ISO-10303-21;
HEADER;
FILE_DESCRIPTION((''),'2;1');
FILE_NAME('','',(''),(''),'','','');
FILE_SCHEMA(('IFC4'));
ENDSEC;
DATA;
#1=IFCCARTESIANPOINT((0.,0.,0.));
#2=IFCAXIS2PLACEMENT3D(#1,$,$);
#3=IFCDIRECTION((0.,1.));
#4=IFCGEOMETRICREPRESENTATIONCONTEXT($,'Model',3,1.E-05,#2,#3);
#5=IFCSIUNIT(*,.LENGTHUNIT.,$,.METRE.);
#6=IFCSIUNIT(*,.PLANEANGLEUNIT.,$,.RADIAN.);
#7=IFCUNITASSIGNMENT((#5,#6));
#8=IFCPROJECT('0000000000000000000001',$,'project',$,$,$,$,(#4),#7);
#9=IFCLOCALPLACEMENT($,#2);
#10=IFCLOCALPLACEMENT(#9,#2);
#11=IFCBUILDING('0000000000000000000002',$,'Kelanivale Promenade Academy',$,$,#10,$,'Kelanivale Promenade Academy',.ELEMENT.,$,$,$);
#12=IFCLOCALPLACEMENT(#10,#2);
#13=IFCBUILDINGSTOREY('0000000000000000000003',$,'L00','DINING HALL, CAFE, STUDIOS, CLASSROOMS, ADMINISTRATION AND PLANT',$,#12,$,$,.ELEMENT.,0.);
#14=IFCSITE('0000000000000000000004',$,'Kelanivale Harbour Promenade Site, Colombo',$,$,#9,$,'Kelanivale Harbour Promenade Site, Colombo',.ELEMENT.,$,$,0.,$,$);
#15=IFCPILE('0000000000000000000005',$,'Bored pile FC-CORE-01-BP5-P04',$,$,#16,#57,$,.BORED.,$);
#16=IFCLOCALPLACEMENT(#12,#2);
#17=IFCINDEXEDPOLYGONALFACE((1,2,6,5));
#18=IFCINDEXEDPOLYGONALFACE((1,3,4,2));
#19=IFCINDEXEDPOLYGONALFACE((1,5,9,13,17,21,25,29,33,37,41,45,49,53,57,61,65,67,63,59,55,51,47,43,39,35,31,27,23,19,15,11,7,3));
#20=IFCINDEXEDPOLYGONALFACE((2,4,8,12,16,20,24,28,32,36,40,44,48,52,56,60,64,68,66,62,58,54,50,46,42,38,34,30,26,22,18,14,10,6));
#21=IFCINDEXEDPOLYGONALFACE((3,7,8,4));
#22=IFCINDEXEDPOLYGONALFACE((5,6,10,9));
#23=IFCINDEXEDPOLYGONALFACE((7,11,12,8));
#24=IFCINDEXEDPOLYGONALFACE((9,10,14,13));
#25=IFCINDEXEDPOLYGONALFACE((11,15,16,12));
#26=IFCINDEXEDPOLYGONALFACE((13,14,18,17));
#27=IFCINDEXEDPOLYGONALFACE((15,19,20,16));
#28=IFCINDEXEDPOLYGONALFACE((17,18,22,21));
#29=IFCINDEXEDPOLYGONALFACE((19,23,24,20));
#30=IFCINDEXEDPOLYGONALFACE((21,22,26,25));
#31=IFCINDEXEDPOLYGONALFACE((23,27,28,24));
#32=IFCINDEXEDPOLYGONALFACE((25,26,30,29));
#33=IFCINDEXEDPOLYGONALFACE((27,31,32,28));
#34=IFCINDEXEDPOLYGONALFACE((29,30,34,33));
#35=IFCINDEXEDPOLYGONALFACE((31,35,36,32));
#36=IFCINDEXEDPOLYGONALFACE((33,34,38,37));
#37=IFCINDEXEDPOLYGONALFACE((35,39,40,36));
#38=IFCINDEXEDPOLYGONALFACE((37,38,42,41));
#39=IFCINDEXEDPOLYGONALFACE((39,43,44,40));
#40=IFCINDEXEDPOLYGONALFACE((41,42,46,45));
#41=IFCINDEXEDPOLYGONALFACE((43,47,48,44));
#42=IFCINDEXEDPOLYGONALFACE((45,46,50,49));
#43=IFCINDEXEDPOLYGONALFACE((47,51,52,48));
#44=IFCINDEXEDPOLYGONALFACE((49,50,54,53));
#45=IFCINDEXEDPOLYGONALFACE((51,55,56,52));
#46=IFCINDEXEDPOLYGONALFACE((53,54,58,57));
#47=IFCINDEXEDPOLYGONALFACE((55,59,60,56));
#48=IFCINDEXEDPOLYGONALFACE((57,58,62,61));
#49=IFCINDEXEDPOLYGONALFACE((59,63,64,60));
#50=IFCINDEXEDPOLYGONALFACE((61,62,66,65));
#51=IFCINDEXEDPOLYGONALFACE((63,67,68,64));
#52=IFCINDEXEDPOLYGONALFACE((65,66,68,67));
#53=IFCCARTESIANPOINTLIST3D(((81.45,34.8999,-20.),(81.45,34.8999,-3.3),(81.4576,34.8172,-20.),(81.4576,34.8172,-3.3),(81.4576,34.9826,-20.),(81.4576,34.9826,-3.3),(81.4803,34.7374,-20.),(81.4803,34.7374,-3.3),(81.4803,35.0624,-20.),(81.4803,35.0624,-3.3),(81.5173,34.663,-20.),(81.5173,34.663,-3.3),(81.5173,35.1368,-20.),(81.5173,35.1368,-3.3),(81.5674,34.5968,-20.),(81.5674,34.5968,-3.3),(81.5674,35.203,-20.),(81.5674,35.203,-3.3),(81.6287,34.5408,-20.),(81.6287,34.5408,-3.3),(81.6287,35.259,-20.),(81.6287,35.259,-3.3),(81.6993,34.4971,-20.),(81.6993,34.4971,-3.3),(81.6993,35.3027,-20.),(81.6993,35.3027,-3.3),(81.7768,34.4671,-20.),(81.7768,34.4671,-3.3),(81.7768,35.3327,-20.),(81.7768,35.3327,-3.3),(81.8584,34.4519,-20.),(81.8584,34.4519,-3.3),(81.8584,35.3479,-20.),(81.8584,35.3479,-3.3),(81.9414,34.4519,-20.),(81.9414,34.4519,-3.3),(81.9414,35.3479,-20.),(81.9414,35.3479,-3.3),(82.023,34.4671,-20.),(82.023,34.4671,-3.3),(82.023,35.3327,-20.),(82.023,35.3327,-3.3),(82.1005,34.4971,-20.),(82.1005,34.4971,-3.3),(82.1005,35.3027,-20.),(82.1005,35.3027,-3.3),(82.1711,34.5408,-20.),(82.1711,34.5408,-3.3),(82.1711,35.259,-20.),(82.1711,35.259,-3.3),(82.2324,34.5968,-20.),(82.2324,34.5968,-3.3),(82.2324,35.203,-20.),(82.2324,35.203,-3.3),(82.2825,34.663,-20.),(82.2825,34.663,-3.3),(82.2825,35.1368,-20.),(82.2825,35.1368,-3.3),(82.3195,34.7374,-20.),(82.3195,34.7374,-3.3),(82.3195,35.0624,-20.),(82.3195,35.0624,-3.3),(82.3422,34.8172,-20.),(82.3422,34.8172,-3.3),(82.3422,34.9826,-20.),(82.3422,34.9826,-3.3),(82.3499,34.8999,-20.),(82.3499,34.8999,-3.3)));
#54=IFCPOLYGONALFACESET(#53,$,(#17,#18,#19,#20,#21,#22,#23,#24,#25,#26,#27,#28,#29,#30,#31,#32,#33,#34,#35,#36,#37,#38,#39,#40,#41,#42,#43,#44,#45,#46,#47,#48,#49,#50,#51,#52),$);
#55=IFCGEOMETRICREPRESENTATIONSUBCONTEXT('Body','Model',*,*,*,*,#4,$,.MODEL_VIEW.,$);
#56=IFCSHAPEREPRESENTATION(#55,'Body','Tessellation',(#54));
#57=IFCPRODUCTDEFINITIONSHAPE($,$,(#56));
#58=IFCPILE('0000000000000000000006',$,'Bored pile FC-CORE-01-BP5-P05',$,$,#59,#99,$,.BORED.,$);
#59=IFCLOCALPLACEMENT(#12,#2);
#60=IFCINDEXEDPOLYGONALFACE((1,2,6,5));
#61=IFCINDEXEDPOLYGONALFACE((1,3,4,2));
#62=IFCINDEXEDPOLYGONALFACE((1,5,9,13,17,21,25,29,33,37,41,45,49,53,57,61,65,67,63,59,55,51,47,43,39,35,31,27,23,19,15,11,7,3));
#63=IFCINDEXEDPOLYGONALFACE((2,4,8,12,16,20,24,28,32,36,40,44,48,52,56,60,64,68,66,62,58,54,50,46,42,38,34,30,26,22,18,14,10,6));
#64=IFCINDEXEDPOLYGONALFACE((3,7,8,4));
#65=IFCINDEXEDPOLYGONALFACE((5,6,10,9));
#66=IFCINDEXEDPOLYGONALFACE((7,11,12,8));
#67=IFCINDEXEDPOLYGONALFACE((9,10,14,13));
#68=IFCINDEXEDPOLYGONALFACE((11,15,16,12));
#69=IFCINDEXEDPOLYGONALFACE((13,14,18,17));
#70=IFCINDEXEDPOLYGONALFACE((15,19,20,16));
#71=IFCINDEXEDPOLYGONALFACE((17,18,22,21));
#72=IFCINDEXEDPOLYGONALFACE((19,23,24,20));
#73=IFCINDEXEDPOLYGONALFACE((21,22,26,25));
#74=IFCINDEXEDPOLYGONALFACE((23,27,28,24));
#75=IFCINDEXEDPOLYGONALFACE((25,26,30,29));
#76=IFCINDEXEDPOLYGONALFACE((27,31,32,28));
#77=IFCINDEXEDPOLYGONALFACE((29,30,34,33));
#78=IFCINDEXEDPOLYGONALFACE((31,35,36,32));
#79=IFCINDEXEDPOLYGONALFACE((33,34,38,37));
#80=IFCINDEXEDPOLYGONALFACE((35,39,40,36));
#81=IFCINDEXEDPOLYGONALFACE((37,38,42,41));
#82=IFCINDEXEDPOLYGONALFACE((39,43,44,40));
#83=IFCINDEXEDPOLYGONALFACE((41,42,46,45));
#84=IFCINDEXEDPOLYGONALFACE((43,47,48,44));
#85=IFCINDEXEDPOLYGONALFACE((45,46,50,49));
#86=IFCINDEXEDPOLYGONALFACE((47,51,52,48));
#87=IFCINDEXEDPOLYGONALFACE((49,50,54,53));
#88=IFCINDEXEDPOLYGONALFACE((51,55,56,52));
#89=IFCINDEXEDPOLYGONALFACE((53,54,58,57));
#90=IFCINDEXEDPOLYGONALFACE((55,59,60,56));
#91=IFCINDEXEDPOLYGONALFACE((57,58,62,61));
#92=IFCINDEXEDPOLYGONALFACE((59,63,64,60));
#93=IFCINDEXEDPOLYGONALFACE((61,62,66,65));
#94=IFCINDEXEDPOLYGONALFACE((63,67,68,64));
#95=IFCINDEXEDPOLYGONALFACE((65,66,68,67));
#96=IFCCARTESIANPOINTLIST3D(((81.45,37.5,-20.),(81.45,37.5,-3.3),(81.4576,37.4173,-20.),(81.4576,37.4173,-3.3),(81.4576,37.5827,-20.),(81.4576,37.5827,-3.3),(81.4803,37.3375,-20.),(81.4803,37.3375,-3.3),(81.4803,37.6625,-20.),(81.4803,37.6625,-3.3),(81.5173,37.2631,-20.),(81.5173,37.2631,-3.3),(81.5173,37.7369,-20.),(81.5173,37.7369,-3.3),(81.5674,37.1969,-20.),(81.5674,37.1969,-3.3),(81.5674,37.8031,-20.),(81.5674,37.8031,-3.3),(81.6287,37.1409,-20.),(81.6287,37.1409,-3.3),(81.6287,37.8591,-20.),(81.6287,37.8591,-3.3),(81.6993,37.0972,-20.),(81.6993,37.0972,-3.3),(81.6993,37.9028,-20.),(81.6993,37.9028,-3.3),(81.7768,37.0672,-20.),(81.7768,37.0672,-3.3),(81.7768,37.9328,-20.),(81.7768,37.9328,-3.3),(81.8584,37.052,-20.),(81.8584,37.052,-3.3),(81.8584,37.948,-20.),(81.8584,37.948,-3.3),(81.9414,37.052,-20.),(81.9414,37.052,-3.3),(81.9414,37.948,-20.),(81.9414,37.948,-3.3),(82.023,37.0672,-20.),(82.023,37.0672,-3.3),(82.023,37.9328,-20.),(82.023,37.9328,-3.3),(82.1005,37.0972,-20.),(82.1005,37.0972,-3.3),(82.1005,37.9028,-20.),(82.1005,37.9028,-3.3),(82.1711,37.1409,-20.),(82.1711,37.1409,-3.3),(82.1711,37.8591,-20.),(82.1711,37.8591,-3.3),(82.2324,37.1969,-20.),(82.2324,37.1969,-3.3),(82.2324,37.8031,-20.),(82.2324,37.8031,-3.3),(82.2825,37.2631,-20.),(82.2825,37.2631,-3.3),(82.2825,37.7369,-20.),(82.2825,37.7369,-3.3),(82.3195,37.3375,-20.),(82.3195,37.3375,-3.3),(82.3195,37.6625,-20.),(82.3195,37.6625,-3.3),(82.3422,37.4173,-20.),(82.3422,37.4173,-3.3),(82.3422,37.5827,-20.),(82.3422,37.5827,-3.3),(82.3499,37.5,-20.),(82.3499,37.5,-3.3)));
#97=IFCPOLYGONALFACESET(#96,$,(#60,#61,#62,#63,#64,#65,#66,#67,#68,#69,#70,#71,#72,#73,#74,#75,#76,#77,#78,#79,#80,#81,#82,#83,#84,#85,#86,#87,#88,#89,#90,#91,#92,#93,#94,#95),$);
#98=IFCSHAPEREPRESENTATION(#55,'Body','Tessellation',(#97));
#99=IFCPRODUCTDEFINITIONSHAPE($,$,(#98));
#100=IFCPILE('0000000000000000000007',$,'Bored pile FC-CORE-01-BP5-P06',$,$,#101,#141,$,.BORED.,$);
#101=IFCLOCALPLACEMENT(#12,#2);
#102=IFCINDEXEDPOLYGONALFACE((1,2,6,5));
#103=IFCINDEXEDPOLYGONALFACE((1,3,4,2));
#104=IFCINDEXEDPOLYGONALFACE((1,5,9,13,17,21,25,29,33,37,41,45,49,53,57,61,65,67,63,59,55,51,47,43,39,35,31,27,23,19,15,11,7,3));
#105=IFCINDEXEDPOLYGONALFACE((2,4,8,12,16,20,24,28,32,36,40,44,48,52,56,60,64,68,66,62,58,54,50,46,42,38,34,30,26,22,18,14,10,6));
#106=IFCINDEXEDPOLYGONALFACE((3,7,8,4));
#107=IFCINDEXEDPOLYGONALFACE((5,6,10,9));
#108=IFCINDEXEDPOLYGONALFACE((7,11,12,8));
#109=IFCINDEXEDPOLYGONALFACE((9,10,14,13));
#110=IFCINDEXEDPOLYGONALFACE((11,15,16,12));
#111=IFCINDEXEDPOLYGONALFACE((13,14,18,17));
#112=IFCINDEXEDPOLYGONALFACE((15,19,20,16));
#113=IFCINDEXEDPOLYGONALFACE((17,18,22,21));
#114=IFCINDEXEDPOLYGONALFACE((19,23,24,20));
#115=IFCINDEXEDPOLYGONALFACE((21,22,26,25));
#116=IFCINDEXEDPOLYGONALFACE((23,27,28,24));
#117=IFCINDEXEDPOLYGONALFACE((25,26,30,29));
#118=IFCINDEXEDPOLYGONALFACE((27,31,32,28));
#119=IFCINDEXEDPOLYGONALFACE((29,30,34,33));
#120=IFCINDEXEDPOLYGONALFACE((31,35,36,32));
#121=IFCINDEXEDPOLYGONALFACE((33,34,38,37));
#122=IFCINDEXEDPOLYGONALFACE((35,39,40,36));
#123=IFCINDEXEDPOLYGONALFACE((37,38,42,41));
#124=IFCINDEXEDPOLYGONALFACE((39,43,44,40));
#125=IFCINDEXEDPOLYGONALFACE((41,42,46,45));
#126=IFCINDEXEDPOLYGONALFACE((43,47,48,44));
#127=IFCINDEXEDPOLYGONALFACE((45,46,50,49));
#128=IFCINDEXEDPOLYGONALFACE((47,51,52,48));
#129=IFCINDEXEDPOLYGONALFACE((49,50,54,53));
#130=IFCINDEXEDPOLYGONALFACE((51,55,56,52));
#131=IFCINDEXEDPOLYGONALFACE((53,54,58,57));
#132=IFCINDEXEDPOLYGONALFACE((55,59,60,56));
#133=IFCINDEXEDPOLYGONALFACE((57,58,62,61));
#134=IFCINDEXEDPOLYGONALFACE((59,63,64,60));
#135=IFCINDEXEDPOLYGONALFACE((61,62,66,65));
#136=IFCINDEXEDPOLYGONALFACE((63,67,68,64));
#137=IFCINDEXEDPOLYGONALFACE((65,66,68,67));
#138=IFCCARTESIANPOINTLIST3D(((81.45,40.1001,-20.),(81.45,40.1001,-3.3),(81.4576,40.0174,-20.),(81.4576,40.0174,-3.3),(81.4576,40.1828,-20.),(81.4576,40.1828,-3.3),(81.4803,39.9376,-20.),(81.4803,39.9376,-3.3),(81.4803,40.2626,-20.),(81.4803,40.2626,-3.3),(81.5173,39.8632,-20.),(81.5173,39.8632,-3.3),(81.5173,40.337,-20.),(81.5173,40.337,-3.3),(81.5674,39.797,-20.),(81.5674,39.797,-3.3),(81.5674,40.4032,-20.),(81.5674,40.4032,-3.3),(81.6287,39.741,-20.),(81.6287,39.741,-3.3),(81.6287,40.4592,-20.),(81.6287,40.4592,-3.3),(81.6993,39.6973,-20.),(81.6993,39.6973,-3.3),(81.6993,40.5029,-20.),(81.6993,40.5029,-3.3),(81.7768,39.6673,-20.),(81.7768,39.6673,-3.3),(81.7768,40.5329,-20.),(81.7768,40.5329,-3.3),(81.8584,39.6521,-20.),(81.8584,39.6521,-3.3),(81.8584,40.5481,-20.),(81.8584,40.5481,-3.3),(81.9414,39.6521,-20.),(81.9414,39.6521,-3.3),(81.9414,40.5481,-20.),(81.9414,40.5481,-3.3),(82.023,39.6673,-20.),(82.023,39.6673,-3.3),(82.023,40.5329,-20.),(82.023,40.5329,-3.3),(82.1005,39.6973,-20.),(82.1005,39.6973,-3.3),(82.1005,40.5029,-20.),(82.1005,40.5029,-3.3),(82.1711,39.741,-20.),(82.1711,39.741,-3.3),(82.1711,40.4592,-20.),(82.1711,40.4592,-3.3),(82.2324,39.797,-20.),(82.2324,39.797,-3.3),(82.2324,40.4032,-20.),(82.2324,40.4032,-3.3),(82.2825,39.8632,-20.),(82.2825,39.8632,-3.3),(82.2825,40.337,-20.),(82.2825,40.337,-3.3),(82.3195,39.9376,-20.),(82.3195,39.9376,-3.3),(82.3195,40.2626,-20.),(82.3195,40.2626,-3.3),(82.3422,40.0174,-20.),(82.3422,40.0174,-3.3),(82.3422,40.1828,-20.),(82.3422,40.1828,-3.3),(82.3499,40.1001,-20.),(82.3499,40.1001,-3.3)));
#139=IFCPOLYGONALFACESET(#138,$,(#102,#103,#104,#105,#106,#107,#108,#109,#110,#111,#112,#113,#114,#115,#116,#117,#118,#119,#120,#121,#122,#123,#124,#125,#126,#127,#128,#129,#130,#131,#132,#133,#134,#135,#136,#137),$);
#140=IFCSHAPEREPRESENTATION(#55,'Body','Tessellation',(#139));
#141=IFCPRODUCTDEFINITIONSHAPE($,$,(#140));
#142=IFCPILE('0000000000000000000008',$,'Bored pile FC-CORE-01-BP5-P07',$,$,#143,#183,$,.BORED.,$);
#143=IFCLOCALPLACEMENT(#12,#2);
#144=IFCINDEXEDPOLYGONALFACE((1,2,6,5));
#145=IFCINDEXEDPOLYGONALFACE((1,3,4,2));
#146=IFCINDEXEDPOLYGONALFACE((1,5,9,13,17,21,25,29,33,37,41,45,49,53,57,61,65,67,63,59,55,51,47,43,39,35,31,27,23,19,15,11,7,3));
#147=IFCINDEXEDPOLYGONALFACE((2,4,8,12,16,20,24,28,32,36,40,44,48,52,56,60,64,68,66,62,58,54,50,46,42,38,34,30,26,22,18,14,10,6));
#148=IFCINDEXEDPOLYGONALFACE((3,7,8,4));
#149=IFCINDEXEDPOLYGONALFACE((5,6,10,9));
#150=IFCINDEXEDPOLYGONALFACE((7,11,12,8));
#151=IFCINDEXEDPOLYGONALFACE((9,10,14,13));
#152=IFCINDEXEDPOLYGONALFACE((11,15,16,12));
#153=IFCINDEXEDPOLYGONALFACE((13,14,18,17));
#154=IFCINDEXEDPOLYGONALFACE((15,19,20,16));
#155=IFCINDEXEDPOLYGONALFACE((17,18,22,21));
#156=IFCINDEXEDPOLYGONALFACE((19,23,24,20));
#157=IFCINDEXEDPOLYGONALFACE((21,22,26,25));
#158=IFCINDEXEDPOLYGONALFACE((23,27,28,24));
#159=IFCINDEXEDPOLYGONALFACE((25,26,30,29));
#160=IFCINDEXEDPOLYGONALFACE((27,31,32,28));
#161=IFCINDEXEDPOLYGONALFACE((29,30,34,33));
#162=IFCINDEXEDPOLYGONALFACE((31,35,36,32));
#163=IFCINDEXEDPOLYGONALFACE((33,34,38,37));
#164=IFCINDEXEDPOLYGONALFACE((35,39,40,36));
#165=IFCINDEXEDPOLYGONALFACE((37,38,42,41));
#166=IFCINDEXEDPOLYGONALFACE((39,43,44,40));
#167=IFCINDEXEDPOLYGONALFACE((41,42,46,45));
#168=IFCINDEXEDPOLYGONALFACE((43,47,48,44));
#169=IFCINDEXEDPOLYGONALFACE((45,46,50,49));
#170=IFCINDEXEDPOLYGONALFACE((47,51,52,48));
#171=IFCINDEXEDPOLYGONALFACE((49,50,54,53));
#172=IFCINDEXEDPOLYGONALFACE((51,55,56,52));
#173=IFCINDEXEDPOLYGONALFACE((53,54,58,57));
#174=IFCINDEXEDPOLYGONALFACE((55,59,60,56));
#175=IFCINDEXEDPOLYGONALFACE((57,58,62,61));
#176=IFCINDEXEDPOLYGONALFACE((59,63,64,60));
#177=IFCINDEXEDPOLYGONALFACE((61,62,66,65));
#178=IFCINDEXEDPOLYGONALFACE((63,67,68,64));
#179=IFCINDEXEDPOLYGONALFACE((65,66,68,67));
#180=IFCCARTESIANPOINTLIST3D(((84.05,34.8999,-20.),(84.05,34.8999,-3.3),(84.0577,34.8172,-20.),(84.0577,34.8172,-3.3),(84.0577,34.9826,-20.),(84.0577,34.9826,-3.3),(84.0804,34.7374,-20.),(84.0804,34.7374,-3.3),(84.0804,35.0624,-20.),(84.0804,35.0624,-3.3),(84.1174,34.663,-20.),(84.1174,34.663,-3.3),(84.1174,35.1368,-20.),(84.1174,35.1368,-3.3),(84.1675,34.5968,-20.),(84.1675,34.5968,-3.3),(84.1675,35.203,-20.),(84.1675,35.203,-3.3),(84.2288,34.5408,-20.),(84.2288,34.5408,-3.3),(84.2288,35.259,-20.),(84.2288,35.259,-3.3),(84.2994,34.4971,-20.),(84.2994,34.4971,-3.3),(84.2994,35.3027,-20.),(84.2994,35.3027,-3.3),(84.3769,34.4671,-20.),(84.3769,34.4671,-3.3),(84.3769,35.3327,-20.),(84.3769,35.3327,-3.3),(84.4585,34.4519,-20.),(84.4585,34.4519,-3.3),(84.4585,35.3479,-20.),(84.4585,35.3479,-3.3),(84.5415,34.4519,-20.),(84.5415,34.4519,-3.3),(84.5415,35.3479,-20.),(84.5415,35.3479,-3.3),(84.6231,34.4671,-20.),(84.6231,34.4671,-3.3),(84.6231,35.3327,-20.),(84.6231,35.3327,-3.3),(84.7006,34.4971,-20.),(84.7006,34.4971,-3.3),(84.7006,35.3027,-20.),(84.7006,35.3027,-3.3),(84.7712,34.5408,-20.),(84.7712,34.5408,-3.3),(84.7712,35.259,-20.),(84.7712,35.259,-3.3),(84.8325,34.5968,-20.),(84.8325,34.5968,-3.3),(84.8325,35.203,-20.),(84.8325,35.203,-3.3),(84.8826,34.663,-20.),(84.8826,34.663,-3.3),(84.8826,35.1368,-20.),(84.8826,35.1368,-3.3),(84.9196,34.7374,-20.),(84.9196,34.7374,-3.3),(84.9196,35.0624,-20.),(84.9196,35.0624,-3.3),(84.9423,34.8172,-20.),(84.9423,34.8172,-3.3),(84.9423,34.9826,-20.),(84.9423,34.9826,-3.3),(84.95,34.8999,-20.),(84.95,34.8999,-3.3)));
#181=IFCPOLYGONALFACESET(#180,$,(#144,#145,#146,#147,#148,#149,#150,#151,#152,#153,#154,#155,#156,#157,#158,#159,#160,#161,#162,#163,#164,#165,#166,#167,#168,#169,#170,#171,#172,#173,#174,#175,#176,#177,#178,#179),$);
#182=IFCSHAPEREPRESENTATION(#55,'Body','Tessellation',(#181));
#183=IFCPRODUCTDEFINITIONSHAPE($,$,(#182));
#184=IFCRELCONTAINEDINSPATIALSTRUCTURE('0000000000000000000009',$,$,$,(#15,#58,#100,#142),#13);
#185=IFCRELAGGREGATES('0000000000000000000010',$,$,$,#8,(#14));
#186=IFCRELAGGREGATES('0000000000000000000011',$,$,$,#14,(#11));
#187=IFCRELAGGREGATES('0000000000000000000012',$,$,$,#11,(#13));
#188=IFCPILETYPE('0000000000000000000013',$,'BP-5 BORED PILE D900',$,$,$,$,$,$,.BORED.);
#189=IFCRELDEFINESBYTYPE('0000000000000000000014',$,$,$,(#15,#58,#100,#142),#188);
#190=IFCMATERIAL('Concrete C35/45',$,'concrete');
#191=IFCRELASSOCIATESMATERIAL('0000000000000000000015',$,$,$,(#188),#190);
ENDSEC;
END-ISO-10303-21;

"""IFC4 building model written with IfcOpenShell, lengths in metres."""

from ifc_helpers import new_model, si_unit, direction, frame, origin, origin_2d, place, context, subcontext, project, spatial, circle, extrude, material, material_profile, profile_set, type_object, element, save


model = new_model("IFC4")

# Units and contexts
model_context = context("Model", 3, precision=1e-05, world=origin(), true_north=direction((0.0, 1.0)))
body_context = subcontext(model_context, "Body", "Model", "MODEL_VIEW")
ifc_project = project(units=[si_unit("LENGTHUNIT", "METRE"), si_unit("PLANEANGLEUNIT", "RADIAN")], contexts=[model_context])

# Site, building, storey
site_placement = place(None, origin())
site = spatial("IfcSite", under=ifc_project, at=site_placement, Name="Kelanivale Harbour Promenade Site, Colombo", LongName="Kelanivale Harbour Promenade Site, Colombo", CompositionType="ELEMENT", RefElevation=0.0)
building_placement = place(site_placement, origin())
building = spatial("IfcBuilding", under=site, at=building_placement, Name="Kelanivale Promenade Academy", LongName="Kelanivale Promenade Academy", CompositionType="ELEMENT")
storey_placement = place(building_placement, origin())
storey = spatial("IfcBuildingStorey", under=building, at=storey_placement, Name="L00", Description="DINING HALL, CAFE, STUDIOS, CLASSROOMS, ADMINISTRATION AND PLANT", CompositionType="ELEMENT", Elevation=0.0)

# Piles
ifc_material_1 = material(Name="Concrete C35/45", Category="concrete")
ifc_material_profile_1 = material_profile(ifc_material_1, circle(Radius=0.45, at=origin_2d()), Name="BORED PILE D900")
ifc_profile_set_1 = profile_set([ifc_material_profile_1], Name="Concrete C35/45")
pile_type = type_object("IfcPileType", Name="BP-5 BORED PILE D900", PredefinedType="BORED", material=ifc_profile_set_1)
for number, where, z_axis, x_axis, name in (
    (1, (81.8999, 34.8999, -3.3), (0.0, 0.0, -1.0), (1.0, 0.0, 0.0), "Bored pile FC-CORE-01-BP5-P04"),
    (2, (81.8999, 37.5, -3.3), (0.0, 0.0, -1.0), (1.0, 0.0, 0.0), "Bored pile FC-CORE-01-BP5-P05"),
    (3, (81.8999, 40.1001, -3.3), (0.0, 0.0, -1.0), (1.0, 0.0, 0.0), "Bored pile FC-CORE-01-BP5-P06"),
    (4, (84.5, 34.8999, -3.3), (0.0, 0.0, -1.0), (1.0, 0.0, 0.0), "Bored pile FC-CORE-01-BP5-P07"),
):
    element("IfcPile", number, at=place(storey_placement, frame(where, z_axis=z_axis, x_axis=x_axis)), inside=storey, type_object=pile_type, Name=name, PredefinedType="BORED", context=body_context, shape_type="SweptSolid", body=[
        extrude(circle(Radius=0.45, at=origin_2d()), origin(), (0.0, 0.0, 1.0), 16.7),
    ])

save(model, "model.ifc")
